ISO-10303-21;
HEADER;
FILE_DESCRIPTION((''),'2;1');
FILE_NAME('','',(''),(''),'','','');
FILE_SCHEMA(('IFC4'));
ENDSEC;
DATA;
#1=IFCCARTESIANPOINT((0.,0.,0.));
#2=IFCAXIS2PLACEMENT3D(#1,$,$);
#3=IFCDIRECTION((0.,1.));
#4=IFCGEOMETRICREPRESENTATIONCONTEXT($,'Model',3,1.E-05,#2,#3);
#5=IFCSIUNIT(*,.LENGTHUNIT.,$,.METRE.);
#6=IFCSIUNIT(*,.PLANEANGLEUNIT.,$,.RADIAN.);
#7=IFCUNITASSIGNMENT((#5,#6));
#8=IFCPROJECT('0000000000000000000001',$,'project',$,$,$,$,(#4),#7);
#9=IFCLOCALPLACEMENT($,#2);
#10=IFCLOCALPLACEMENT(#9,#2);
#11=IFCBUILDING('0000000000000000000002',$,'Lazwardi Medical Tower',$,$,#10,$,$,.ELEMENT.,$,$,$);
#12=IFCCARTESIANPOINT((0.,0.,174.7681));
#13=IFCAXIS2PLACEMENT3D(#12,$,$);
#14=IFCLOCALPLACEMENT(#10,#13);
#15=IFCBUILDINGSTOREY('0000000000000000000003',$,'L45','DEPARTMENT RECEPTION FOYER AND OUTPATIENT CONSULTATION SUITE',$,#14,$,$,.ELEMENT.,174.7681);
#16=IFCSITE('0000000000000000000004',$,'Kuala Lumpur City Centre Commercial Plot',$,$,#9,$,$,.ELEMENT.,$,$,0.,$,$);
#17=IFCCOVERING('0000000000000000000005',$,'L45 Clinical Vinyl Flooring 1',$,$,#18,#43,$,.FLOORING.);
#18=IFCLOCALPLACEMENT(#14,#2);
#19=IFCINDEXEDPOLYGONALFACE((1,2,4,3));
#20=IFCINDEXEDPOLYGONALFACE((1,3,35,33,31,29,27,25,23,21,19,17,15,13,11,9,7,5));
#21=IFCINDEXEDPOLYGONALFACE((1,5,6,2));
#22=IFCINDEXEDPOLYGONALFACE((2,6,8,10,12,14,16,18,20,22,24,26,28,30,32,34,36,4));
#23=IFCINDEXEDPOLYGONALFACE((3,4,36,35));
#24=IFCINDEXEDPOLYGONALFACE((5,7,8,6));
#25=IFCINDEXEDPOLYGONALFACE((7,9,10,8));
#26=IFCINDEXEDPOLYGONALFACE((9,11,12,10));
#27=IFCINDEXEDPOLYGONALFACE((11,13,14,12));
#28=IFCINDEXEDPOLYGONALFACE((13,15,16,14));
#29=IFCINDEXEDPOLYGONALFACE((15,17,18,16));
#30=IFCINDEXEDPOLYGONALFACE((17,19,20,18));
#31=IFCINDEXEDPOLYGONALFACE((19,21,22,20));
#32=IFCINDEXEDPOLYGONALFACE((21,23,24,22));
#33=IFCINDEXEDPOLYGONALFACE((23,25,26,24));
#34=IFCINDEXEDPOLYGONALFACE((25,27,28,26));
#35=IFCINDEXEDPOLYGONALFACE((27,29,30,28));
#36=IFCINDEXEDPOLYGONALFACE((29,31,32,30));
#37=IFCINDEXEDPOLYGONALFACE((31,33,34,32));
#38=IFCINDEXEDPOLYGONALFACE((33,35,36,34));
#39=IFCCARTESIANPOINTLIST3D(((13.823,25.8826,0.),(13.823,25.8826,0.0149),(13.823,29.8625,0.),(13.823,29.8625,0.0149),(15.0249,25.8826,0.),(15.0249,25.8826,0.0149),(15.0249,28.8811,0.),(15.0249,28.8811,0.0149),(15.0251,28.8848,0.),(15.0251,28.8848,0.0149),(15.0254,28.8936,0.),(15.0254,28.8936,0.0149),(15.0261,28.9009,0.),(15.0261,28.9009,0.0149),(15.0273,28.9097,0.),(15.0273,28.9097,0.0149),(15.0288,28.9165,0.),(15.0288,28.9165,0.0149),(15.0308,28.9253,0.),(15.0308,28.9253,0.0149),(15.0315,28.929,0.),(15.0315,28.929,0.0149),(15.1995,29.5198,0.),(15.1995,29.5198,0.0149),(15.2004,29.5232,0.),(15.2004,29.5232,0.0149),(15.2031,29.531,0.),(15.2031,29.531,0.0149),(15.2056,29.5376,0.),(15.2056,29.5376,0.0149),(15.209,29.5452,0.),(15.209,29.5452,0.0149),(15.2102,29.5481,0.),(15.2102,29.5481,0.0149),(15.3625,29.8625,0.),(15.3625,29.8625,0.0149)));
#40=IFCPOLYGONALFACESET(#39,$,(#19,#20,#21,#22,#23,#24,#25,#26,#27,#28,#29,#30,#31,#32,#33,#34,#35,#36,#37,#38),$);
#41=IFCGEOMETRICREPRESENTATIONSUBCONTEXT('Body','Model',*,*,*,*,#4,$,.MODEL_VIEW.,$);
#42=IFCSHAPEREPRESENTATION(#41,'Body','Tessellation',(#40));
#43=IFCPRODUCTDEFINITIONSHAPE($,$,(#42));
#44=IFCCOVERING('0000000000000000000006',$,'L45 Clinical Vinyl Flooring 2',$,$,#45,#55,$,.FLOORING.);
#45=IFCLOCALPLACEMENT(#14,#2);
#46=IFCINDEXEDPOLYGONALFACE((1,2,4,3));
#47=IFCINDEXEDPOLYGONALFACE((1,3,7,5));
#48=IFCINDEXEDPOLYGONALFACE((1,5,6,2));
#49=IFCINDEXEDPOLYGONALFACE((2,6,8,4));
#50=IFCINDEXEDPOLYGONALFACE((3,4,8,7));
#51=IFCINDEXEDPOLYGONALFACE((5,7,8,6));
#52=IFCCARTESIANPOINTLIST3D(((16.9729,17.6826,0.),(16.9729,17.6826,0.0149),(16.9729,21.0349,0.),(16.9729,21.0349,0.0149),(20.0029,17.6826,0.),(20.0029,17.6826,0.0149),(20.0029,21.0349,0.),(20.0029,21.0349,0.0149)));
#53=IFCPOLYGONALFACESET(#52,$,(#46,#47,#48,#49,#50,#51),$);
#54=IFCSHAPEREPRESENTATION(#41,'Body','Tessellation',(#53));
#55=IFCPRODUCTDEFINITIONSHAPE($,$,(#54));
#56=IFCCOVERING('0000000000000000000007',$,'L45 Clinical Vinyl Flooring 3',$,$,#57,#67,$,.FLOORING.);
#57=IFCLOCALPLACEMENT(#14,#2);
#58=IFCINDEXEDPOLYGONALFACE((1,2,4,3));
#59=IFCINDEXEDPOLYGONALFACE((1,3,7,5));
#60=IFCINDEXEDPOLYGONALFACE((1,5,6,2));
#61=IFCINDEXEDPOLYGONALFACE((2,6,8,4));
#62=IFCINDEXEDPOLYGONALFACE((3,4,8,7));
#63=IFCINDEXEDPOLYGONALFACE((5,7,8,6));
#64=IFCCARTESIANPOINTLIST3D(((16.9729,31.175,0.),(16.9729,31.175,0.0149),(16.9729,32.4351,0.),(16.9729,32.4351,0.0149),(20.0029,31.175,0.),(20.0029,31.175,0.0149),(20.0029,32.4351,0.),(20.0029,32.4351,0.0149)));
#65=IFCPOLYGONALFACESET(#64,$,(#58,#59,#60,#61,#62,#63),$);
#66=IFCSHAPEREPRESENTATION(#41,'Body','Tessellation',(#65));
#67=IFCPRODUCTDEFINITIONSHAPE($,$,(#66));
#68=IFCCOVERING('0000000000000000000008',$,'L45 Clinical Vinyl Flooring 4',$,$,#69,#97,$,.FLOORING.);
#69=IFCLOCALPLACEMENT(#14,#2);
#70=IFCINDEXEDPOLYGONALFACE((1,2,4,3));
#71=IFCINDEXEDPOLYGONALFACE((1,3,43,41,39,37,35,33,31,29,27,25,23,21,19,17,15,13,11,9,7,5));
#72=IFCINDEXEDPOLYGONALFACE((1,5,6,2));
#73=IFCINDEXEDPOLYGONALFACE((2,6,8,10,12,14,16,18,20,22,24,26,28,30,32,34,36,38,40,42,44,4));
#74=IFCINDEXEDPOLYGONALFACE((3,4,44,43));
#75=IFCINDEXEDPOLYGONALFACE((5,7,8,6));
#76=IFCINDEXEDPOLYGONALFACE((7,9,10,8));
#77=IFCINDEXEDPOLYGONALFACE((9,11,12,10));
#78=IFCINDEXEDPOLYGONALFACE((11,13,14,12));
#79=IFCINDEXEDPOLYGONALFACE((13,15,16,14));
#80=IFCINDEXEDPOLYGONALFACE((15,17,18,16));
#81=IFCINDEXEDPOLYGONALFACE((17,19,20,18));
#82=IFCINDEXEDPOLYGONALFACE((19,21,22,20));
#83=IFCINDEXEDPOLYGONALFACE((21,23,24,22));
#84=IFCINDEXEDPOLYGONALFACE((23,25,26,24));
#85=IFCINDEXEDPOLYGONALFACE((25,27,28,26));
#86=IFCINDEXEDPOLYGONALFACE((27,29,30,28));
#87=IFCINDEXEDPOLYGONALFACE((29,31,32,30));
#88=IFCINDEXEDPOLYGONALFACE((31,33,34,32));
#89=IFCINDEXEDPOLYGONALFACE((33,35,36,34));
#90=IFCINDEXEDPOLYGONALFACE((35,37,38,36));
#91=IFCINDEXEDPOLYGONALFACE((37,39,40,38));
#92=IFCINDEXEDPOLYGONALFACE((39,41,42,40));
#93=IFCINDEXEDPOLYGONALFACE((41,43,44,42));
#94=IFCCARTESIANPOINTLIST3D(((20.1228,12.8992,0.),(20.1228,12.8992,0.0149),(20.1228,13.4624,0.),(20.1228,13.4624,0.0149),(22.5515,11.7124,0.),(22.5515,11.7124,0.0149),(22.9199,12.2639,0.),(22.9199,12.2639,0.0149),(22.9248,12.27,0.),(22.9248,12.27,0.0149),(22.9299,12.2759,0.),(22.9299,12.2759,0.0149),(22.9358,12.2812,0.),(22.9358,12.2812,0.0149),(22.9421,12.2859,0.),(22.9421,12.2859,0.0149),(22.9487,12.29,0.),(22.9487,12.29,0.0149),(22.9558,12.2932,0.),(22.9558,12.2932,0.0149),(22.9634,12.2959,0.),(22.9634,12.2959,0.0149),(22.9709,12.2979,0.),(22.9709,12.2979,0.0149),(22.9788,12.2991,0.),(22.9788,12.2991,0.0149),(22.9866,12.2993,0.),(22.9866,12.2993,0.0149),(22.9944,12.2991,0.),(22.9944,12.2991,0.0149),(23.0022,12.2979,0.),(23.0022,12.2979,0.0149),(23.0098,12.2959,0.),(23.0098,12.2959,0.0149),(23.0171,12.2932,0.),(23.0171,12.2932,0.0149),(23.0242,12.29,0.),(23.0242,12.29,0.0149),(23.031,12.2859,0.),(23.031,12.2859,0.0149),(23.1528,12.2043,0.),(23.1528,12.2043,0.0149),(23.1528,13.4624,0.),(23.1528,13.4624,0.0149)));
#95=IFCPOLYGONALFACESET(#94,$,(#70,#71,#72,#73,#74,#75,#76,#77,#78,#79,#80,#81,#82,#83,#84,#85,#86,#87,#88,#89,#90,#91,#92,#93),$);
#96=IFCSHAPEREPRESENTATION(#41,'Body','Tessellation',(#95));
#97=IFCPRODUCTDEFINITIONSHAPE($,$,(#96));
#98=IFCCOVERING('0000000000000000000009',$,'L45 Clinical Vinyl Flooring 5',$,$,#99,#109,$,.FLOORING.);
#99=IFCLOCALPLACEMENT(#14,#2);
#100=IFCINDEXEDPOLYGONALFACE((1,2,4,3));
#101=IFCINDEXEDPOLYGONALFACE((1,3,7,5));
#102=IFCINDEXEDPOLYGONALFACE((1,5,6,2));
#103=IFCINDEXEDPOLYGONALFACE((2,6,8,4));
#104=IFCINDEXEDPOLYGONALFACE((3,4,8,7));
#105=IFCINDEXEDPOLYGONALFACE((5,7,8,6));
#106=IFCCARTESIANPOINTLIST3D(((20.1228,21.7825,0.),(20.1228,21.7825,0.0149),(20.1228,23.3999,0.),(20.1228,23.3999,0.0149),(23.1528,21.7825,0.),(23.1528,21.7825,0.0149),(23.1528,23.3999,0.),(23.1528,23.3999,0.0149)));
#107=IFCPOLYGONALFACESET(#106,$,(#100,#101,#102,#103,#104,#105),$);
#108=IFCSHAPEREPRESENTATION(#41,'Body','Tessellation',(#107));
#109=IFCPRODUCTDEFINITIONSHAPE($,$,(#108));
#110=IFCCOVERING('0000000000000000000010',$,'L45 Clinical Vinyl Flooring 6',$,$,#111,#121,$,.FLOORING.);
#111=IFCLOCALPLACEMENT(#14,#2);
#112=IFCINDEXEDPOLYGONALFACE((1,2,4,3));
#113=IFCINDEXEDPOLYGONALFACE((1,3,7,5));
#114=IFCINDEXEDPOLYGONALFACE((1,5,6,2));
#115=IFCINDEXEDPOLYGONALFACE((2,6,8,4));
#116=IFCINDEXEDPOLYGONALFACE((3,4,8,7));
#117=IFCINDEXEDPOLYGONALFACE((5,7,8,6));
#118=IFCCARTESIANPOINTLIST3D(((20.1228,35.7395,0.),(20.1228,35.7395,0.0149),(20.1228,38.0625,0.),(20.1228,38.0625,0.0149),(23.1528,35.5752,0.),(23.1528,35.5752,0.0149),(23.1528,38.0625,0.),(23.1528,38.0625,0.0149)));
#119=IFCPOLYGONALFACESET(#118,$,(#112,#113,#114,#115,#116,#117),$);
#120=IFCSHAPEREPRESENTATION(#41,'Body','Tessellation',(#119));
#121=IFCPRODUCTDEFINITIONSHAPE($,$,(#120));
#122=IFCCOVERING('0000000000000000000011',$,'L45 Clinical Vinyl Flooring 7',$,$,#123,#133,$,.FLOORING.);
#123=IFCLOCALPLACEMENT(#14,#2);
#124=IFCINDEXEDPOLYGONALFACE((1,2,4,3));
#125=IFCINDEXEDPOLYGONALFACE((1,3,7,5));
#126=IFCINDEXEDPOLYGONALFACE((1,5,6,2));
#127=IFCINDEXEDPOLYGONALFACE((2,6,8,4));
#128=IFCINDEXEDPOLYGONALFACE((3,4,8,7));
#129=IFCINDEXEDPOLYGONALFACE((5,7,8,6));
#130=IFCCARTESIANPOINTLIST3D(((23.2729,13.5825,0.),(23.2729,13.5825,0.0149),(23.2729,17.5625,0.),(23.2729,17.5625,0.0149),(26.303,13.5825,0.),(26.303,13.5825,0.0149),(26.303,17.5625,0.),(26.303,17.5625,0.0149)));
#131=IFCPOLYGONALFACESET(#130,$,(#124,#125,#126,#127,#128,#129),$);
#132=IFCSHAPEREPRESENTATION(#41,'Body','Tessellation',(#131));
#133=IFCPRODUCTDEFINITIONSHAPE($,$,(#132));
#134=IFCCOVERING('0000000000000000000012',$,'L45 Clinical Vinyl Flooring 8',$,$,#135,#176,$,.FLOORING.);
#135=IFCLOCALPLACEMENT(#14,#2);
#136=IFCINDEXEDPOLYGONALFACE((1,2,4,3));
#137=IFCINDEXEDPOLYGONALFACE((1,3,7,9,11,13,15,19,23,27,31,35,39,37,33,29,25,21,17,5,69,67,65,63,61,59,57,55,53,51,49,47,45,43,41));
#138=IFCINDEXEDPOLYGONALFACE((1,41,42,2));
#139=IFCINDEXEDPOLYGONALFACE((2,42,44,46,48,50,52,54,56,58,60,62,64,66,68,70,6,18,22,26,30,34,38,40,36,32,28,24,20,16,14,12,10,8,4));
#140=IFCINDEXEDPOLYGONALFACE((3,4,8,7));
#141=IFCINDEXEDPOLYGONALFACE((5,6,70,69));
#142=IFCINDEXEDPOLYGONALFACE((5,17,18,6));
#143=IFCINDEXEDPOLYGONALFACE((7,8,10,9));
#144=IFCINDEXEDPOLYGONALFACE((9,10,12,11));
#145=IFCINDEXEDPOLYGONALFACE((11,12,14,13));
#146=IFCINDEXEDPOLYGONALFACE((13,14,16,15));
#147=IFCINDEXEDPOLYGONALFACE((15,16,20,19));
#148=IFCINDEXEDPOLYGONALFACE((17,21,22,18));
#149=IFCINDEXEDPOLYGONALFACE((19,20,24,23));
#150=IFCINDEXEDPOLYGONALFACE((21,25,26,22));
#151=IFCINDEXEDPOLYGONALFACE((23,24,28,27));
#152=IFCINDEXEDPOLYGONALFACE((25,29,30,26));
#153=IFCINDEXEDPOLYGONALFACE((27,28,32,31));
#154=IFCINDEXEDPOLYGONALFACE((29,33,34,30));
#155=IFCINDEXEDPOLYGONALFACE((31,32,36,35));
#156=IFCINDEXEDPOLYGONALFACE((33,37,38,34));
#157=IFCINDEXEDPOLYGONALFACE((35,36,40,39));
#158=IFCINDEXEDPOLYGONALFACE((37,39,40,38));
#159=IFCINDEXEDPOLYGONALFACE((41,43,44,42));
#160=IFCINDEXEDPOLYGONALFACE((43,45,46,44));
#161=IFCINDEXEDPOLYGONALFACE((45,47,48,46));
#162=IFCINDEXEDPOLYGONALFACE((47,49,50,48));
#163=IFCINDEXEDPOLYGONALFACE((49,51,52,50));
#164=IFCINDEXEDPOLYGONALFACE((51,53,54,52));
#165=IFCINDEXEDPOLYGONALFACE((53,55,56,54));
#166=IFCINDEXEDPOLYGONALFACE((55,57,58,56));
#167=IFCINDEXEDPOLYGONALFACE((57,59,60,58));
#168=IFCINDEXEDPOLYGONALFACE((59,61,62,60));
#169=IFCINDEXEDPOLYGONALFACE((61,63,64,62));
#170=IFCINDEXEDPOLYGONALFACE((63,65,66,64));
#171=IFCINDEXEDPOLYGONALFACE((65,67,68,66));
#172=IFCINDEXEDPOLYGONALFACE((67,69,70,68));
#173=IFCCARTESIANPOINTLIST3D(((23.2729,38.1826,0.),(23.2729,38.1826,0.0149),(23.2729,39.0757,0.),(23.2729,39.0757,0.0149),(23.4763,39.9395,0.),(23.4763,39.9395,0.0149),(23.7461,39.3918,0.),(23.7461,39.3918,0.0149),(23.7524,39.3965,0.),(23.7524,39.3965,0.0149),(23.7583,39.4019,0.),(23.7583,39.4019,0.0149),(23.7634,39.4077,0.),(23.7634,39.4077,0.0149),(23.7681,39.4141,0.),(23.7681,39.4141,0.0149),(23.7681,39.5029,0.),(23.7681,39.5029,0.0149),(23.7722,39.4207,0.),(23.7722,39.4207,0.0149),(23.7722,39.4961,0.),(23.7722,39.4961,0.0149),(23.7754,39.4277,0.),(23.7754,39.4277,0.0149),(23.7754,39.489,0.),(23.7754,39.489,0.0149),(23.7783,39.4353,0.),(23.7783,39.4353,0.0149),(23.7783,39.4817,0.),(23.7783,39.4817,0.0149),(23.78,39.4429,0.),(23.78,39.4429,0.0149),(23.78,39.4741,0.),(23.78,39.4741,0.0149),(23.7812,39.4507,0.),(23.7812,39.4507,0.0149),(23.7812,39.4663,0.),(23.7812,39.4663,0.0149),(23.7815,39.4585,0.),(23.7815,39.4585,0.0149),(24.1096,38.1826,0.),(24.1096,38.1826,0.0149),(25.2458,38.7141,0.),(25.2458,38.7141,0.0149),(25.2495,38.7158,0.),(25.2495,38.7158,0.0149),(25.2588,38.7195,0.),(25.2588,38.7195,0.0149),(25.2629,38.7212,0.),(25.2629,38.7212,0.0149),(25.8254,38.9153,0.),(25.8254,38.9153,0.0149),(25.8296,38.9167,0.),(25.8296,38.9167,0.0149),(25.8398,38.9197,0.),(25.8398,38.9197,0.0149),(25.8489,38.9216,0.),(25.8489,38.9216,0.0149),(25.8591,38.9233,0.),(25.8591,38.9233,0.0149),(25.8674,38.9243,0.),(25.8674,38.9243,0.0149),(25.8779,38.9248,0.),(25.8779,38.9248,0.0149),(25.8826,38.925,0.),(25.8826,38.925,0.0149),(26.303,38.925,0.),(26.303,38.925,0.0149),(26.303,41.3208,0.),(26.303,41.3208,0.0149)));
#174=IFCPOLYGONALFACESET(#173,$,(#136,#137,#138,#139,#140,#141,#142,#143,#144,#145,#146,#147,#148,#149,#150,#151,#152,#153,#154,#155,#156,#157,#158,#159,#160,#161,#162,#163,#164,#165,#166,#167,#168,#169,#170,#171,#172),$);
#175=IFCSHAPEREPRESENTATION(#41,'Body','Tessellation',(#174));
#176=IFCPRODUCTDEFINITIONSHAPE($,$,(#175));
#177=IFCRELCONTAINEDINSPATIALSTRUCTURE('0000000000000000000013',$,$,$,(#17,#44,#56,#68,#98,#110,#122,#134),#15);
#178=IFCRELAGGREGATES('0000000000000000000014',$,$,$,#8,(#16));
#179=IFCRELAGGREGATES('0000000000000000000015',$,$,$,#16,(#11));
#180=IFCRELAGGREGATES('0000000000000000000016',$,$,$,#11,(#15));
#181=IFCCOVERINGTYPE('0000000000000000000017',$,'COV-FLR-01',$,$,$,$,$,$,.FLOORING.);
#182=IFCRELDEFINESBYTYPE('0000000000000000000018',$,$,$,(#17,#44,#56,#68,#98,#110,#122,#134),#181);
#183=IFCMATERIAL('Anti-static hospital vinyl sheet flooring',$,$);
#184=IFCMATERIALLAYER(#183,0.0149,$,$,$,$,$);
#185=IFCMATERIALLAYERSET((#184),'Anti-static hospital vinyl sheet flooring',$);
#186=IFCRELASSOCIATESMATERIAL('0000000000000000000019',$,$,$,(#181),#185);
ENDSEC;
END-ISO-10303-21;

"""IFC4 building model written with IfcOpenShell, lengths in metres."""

from ifc_helpers import new_model, si_unit, direction, frame, origin, place, context, subcontext, project, spatial, polyline, outline, extrude, material, layer, layer_set, type_object, element, save


model = new_model("IFC4")

# Units and contexts
model_context = context("Model", 3, precision=1e-05, world=origin(), true_north=direction((0.0, 1.0)))
body_context = subcontext(model_context, "Body", "Model", "MODEL_VIEW")
ifc_project = project(units=[si_unit("LENGTHUNIT", "METRE"), si_unit("PLANEANGLEUNIT", "RADIAN")], contexts=[model_context])

# Site, building, storey
site_placement = place(None, origin())
site = spatial("IfcSite", under=ifc_project, at=site_placement, Name="Kuala Lumpur City Centre Commercial Plot", CompositionType="ELEMENT", RefElevation=0.0)
building_placement = place(site_placement, origin())
building = spatial("IfcBuilding", under=site, at=building_placement, Name="Lazwardi Medical Tower", CompositionType="ELEMENT")
storey_placement = place(building_placement, frame((0.0, 0.0, 174.7681)))
storey = spatial("IfcBuildingStorey", under=building, at=storey_placement, Name="L45", Description="DEPARTMENT RECEPTION FOYER AND OUTPATIENT CONSULTATION SUITE", CompositionType="ELEMENT", Elevation=174.7681)

# Coverings
ifc_material_1 = material(Name="Anti-static hospital vinyl sheet flooring")
ifc_layer_1 = layer(ifc_material_1, 0.0149)
ifc_layer_set_1 = layer_set([ifc_layer_1], Name="Anti-static hospital vinyl sheet flooring")
covering_type_1 = type_object("IfcCoveringType", Name="COV-FLR-01", PredefinedType="FLOORING", material=ifc_layer_set_1)
covering_1_placement = place(storey_placement, origin())
element("IfcCovering", 1, at=covering_1_placement, inside=storey, type_object=covering_type_1, Name="L45 Clinical Vinyl Flooring 1", PredefinedType="FLOORING", context=body_context, shape_type="SweptSolid", body=[
    extrude(outline(polyline([(15.0249, 25.8826), (15.0249, 28.8811), (15.0251, 28.8848), (15.0254, 28.8936), (15.0261, 28.9009), (15.0273, 28.9097), (15.0288, 28.9165), (15.0308, 28.9253), (15.0315, 28.929), (15.1995, 29.5198), (15.2004, 29.5232), (15.2031, 29.531), (15.2056, 29.5376), (15.209, 29.5452), (15.2102, 29.5481), (15.3625, 29.8625), (13.823, 29.8625), (13.823, 25.8826), (15.0249, 25.8826)])), origin(), (0.0, 0.0, 1.0), 0.0149),
])
covering_2_placement = place(storey_placement, origin())
element("IfcCovering", 2, at=covering_2_placement, inside=storey, type_object=covering_type_1, Name="L45 Clinical Vinyl Flooring 2", PredefinedType="FLOORING", context=body_context, shape_type="SweptSolid", body=[
    extrude(outline(polyline([(20.0029, 21.0349), (16.9729, 21.0349), (16.9729, 17.6826), (20.0029, 17.6826), (20.0029, 21.0349)])), origin(), (0.0, 0.0, 1.0), 0.0149),
])
covering_3_placement = place(storey_placement, origin())
element("IfcCovering", 3, at=covering_3_placement, inside=storey, type_object=covering_type_1, Name="L45 Clinical Vinyl Flooring 3", PredefinedType="FLOORING", context=body_context, shape_type="SweptSolid", body=[
    extrude(outline(polyline([(20.0029, 32.4351), (16.9729, 32.4351), (16.9729, 31.175), (20.0029, 31.175), (20.0029, 32.4351)])), origin(), (0.0, 0.0, 1.0), 0.0149),
])
covering_4_placement = place(storey_placement, origin())
element("IfcCovering", 4, at=covering_4_placement, inside=storey, type_object=covering_type_1, Name="L45 Clinical Vinyl Flooring 4", PredefinedType="FLOORING", context=body_context, shape_type="SweptSolid", body=[
    extrude(outline(polyline([(20.1228, 12.8992), (22.5515, 11.7124), (22.9199, 12.2639), (22.9248, 12.27), (22.9299, 12.2759), (22.9358, 12.2812), (22.9421, 12.2859), (22.9487, 12.29), (22.9558, 12.2932), (22.9634, 12.2959), (22.9709, 12.2979), (22.9788, 12.2991), (22.9866, 12.2993), (22.9944, 12.2991), (23.0022, 12.2979), (23.0098, 12.2959), (23.0171, 12.2932), (23.0242, 12.29), (23.031, 12.2859), (23.1528, 12.2043), (23.1528, 13.4624), (20.1228, 13.4624), (20.1228, 12.8992)])), origin(), (0.0, 0.0, 1.0), 0.0149),
])
covering_5_placement = place(storey_placement, origin())
element("IfcCovering", 5, at=covering_5_placement, inside=storey, type_object=covering_type_1, Name="L45 Clinical Vinyl Flooring 5", PredefinedType="FLOORING", context=body_context, shape_type="SweptSolid", body=[
    extrude(outline(polyline([(23.1528, 23.3999), (20.1228, 23.3999), (20.1228, 21.7825), (23.1528, 21.7825), (23.1528, 23.3999)])), origin(), (0.0, 0.0, 1.0), 0.0149),
])
covering_6_placement = place(storey_placement, origin())
element("IfcCovering", 6, at=covering_6_placement, inside=storey, type_object=covering_type_1, Name="L45 Clinical Vinyl Flooring 6", PredefinedType="FLOORING", context=body_context, shape_type="SweptSolid", body=[
    extrude(outline(polyline([(20.1228, 35.7395), (23.1528, 35.5752), (23.1528, 38.0625), (20.1228, 38.0625), (20.1228, 35.7395)])), origin(), (0.0, 0.0, 1.0), 0.0149),
])
covering_7_placement = place(storey_placement, origin())
element("IfcCovering", 7, at=covering_7_placement, inside=storey, type_object=covering_type_1, Name="L45 Clinical Vinyl Flooring 7", PredefinedType="FLOORING", context=body_context, shape_type="SweptSolid", body=[
    extrude(outline(polyline([(26.303, 13.5825), (26.303, 17.5625), (23.2729, 17.5625), (23.2729, 13.5825), (26.303, 13.5825)])), origin(), (0.0, 0.0, 1.0), 0.0149),
])
covering_8_placement = place(storey_placement, origin())
element("IfcCovering", 8, at=covering_8_placement, inside=storey, type_object=covering_type_1, Name="L45 Clinical Vinyl Flooring 8", PredefinedType="FLOORING", context=body_context, shape_type="SweptSolid", body=[
    extrude(outline(polyline([(26.303, 41.3208), (23.4763, 39.9395), (23.7681, 39.5029), (23.7722, 39.4961), (23.7754, 39.489), (23.7783, 39.4817), (23.78, 39.4741), (23.7812, 39.4663), (23.7815, 39.4585), (23.7812, 39.4507), (23.78, 39.4429), (23.7783, 39.4353), (23.7754, 39.4277), (23.7722, 39.4207), (23.7681, 39.4141), (23.7634, 39.4077), (23.7583, 39.4019), (23.7524, 39.3965), (23.7461, 39.3918), (23.2729, 39.0757), (23.2729, 38.1826), (24.1096, 38.1826), (25.2458, 38.7141), (25.2495, 38.7158), (25.2588, 38.7195), (25.2629, 38.7212), (25.8254, 38.9153), (25.8296, 38.9167), (25.8398, 38.9197), (25.8489, 38.9216), (25.8591, 38.9233), (25.8674, 38.9243), (25.8779, 38.9248), (25.8826, 38.925), (26.303, 38.925), (26.303, 41.3208)])), origin(), (0.0, 0.0, 1.0), 0.0149),
])

save(model, "model.ifc")
